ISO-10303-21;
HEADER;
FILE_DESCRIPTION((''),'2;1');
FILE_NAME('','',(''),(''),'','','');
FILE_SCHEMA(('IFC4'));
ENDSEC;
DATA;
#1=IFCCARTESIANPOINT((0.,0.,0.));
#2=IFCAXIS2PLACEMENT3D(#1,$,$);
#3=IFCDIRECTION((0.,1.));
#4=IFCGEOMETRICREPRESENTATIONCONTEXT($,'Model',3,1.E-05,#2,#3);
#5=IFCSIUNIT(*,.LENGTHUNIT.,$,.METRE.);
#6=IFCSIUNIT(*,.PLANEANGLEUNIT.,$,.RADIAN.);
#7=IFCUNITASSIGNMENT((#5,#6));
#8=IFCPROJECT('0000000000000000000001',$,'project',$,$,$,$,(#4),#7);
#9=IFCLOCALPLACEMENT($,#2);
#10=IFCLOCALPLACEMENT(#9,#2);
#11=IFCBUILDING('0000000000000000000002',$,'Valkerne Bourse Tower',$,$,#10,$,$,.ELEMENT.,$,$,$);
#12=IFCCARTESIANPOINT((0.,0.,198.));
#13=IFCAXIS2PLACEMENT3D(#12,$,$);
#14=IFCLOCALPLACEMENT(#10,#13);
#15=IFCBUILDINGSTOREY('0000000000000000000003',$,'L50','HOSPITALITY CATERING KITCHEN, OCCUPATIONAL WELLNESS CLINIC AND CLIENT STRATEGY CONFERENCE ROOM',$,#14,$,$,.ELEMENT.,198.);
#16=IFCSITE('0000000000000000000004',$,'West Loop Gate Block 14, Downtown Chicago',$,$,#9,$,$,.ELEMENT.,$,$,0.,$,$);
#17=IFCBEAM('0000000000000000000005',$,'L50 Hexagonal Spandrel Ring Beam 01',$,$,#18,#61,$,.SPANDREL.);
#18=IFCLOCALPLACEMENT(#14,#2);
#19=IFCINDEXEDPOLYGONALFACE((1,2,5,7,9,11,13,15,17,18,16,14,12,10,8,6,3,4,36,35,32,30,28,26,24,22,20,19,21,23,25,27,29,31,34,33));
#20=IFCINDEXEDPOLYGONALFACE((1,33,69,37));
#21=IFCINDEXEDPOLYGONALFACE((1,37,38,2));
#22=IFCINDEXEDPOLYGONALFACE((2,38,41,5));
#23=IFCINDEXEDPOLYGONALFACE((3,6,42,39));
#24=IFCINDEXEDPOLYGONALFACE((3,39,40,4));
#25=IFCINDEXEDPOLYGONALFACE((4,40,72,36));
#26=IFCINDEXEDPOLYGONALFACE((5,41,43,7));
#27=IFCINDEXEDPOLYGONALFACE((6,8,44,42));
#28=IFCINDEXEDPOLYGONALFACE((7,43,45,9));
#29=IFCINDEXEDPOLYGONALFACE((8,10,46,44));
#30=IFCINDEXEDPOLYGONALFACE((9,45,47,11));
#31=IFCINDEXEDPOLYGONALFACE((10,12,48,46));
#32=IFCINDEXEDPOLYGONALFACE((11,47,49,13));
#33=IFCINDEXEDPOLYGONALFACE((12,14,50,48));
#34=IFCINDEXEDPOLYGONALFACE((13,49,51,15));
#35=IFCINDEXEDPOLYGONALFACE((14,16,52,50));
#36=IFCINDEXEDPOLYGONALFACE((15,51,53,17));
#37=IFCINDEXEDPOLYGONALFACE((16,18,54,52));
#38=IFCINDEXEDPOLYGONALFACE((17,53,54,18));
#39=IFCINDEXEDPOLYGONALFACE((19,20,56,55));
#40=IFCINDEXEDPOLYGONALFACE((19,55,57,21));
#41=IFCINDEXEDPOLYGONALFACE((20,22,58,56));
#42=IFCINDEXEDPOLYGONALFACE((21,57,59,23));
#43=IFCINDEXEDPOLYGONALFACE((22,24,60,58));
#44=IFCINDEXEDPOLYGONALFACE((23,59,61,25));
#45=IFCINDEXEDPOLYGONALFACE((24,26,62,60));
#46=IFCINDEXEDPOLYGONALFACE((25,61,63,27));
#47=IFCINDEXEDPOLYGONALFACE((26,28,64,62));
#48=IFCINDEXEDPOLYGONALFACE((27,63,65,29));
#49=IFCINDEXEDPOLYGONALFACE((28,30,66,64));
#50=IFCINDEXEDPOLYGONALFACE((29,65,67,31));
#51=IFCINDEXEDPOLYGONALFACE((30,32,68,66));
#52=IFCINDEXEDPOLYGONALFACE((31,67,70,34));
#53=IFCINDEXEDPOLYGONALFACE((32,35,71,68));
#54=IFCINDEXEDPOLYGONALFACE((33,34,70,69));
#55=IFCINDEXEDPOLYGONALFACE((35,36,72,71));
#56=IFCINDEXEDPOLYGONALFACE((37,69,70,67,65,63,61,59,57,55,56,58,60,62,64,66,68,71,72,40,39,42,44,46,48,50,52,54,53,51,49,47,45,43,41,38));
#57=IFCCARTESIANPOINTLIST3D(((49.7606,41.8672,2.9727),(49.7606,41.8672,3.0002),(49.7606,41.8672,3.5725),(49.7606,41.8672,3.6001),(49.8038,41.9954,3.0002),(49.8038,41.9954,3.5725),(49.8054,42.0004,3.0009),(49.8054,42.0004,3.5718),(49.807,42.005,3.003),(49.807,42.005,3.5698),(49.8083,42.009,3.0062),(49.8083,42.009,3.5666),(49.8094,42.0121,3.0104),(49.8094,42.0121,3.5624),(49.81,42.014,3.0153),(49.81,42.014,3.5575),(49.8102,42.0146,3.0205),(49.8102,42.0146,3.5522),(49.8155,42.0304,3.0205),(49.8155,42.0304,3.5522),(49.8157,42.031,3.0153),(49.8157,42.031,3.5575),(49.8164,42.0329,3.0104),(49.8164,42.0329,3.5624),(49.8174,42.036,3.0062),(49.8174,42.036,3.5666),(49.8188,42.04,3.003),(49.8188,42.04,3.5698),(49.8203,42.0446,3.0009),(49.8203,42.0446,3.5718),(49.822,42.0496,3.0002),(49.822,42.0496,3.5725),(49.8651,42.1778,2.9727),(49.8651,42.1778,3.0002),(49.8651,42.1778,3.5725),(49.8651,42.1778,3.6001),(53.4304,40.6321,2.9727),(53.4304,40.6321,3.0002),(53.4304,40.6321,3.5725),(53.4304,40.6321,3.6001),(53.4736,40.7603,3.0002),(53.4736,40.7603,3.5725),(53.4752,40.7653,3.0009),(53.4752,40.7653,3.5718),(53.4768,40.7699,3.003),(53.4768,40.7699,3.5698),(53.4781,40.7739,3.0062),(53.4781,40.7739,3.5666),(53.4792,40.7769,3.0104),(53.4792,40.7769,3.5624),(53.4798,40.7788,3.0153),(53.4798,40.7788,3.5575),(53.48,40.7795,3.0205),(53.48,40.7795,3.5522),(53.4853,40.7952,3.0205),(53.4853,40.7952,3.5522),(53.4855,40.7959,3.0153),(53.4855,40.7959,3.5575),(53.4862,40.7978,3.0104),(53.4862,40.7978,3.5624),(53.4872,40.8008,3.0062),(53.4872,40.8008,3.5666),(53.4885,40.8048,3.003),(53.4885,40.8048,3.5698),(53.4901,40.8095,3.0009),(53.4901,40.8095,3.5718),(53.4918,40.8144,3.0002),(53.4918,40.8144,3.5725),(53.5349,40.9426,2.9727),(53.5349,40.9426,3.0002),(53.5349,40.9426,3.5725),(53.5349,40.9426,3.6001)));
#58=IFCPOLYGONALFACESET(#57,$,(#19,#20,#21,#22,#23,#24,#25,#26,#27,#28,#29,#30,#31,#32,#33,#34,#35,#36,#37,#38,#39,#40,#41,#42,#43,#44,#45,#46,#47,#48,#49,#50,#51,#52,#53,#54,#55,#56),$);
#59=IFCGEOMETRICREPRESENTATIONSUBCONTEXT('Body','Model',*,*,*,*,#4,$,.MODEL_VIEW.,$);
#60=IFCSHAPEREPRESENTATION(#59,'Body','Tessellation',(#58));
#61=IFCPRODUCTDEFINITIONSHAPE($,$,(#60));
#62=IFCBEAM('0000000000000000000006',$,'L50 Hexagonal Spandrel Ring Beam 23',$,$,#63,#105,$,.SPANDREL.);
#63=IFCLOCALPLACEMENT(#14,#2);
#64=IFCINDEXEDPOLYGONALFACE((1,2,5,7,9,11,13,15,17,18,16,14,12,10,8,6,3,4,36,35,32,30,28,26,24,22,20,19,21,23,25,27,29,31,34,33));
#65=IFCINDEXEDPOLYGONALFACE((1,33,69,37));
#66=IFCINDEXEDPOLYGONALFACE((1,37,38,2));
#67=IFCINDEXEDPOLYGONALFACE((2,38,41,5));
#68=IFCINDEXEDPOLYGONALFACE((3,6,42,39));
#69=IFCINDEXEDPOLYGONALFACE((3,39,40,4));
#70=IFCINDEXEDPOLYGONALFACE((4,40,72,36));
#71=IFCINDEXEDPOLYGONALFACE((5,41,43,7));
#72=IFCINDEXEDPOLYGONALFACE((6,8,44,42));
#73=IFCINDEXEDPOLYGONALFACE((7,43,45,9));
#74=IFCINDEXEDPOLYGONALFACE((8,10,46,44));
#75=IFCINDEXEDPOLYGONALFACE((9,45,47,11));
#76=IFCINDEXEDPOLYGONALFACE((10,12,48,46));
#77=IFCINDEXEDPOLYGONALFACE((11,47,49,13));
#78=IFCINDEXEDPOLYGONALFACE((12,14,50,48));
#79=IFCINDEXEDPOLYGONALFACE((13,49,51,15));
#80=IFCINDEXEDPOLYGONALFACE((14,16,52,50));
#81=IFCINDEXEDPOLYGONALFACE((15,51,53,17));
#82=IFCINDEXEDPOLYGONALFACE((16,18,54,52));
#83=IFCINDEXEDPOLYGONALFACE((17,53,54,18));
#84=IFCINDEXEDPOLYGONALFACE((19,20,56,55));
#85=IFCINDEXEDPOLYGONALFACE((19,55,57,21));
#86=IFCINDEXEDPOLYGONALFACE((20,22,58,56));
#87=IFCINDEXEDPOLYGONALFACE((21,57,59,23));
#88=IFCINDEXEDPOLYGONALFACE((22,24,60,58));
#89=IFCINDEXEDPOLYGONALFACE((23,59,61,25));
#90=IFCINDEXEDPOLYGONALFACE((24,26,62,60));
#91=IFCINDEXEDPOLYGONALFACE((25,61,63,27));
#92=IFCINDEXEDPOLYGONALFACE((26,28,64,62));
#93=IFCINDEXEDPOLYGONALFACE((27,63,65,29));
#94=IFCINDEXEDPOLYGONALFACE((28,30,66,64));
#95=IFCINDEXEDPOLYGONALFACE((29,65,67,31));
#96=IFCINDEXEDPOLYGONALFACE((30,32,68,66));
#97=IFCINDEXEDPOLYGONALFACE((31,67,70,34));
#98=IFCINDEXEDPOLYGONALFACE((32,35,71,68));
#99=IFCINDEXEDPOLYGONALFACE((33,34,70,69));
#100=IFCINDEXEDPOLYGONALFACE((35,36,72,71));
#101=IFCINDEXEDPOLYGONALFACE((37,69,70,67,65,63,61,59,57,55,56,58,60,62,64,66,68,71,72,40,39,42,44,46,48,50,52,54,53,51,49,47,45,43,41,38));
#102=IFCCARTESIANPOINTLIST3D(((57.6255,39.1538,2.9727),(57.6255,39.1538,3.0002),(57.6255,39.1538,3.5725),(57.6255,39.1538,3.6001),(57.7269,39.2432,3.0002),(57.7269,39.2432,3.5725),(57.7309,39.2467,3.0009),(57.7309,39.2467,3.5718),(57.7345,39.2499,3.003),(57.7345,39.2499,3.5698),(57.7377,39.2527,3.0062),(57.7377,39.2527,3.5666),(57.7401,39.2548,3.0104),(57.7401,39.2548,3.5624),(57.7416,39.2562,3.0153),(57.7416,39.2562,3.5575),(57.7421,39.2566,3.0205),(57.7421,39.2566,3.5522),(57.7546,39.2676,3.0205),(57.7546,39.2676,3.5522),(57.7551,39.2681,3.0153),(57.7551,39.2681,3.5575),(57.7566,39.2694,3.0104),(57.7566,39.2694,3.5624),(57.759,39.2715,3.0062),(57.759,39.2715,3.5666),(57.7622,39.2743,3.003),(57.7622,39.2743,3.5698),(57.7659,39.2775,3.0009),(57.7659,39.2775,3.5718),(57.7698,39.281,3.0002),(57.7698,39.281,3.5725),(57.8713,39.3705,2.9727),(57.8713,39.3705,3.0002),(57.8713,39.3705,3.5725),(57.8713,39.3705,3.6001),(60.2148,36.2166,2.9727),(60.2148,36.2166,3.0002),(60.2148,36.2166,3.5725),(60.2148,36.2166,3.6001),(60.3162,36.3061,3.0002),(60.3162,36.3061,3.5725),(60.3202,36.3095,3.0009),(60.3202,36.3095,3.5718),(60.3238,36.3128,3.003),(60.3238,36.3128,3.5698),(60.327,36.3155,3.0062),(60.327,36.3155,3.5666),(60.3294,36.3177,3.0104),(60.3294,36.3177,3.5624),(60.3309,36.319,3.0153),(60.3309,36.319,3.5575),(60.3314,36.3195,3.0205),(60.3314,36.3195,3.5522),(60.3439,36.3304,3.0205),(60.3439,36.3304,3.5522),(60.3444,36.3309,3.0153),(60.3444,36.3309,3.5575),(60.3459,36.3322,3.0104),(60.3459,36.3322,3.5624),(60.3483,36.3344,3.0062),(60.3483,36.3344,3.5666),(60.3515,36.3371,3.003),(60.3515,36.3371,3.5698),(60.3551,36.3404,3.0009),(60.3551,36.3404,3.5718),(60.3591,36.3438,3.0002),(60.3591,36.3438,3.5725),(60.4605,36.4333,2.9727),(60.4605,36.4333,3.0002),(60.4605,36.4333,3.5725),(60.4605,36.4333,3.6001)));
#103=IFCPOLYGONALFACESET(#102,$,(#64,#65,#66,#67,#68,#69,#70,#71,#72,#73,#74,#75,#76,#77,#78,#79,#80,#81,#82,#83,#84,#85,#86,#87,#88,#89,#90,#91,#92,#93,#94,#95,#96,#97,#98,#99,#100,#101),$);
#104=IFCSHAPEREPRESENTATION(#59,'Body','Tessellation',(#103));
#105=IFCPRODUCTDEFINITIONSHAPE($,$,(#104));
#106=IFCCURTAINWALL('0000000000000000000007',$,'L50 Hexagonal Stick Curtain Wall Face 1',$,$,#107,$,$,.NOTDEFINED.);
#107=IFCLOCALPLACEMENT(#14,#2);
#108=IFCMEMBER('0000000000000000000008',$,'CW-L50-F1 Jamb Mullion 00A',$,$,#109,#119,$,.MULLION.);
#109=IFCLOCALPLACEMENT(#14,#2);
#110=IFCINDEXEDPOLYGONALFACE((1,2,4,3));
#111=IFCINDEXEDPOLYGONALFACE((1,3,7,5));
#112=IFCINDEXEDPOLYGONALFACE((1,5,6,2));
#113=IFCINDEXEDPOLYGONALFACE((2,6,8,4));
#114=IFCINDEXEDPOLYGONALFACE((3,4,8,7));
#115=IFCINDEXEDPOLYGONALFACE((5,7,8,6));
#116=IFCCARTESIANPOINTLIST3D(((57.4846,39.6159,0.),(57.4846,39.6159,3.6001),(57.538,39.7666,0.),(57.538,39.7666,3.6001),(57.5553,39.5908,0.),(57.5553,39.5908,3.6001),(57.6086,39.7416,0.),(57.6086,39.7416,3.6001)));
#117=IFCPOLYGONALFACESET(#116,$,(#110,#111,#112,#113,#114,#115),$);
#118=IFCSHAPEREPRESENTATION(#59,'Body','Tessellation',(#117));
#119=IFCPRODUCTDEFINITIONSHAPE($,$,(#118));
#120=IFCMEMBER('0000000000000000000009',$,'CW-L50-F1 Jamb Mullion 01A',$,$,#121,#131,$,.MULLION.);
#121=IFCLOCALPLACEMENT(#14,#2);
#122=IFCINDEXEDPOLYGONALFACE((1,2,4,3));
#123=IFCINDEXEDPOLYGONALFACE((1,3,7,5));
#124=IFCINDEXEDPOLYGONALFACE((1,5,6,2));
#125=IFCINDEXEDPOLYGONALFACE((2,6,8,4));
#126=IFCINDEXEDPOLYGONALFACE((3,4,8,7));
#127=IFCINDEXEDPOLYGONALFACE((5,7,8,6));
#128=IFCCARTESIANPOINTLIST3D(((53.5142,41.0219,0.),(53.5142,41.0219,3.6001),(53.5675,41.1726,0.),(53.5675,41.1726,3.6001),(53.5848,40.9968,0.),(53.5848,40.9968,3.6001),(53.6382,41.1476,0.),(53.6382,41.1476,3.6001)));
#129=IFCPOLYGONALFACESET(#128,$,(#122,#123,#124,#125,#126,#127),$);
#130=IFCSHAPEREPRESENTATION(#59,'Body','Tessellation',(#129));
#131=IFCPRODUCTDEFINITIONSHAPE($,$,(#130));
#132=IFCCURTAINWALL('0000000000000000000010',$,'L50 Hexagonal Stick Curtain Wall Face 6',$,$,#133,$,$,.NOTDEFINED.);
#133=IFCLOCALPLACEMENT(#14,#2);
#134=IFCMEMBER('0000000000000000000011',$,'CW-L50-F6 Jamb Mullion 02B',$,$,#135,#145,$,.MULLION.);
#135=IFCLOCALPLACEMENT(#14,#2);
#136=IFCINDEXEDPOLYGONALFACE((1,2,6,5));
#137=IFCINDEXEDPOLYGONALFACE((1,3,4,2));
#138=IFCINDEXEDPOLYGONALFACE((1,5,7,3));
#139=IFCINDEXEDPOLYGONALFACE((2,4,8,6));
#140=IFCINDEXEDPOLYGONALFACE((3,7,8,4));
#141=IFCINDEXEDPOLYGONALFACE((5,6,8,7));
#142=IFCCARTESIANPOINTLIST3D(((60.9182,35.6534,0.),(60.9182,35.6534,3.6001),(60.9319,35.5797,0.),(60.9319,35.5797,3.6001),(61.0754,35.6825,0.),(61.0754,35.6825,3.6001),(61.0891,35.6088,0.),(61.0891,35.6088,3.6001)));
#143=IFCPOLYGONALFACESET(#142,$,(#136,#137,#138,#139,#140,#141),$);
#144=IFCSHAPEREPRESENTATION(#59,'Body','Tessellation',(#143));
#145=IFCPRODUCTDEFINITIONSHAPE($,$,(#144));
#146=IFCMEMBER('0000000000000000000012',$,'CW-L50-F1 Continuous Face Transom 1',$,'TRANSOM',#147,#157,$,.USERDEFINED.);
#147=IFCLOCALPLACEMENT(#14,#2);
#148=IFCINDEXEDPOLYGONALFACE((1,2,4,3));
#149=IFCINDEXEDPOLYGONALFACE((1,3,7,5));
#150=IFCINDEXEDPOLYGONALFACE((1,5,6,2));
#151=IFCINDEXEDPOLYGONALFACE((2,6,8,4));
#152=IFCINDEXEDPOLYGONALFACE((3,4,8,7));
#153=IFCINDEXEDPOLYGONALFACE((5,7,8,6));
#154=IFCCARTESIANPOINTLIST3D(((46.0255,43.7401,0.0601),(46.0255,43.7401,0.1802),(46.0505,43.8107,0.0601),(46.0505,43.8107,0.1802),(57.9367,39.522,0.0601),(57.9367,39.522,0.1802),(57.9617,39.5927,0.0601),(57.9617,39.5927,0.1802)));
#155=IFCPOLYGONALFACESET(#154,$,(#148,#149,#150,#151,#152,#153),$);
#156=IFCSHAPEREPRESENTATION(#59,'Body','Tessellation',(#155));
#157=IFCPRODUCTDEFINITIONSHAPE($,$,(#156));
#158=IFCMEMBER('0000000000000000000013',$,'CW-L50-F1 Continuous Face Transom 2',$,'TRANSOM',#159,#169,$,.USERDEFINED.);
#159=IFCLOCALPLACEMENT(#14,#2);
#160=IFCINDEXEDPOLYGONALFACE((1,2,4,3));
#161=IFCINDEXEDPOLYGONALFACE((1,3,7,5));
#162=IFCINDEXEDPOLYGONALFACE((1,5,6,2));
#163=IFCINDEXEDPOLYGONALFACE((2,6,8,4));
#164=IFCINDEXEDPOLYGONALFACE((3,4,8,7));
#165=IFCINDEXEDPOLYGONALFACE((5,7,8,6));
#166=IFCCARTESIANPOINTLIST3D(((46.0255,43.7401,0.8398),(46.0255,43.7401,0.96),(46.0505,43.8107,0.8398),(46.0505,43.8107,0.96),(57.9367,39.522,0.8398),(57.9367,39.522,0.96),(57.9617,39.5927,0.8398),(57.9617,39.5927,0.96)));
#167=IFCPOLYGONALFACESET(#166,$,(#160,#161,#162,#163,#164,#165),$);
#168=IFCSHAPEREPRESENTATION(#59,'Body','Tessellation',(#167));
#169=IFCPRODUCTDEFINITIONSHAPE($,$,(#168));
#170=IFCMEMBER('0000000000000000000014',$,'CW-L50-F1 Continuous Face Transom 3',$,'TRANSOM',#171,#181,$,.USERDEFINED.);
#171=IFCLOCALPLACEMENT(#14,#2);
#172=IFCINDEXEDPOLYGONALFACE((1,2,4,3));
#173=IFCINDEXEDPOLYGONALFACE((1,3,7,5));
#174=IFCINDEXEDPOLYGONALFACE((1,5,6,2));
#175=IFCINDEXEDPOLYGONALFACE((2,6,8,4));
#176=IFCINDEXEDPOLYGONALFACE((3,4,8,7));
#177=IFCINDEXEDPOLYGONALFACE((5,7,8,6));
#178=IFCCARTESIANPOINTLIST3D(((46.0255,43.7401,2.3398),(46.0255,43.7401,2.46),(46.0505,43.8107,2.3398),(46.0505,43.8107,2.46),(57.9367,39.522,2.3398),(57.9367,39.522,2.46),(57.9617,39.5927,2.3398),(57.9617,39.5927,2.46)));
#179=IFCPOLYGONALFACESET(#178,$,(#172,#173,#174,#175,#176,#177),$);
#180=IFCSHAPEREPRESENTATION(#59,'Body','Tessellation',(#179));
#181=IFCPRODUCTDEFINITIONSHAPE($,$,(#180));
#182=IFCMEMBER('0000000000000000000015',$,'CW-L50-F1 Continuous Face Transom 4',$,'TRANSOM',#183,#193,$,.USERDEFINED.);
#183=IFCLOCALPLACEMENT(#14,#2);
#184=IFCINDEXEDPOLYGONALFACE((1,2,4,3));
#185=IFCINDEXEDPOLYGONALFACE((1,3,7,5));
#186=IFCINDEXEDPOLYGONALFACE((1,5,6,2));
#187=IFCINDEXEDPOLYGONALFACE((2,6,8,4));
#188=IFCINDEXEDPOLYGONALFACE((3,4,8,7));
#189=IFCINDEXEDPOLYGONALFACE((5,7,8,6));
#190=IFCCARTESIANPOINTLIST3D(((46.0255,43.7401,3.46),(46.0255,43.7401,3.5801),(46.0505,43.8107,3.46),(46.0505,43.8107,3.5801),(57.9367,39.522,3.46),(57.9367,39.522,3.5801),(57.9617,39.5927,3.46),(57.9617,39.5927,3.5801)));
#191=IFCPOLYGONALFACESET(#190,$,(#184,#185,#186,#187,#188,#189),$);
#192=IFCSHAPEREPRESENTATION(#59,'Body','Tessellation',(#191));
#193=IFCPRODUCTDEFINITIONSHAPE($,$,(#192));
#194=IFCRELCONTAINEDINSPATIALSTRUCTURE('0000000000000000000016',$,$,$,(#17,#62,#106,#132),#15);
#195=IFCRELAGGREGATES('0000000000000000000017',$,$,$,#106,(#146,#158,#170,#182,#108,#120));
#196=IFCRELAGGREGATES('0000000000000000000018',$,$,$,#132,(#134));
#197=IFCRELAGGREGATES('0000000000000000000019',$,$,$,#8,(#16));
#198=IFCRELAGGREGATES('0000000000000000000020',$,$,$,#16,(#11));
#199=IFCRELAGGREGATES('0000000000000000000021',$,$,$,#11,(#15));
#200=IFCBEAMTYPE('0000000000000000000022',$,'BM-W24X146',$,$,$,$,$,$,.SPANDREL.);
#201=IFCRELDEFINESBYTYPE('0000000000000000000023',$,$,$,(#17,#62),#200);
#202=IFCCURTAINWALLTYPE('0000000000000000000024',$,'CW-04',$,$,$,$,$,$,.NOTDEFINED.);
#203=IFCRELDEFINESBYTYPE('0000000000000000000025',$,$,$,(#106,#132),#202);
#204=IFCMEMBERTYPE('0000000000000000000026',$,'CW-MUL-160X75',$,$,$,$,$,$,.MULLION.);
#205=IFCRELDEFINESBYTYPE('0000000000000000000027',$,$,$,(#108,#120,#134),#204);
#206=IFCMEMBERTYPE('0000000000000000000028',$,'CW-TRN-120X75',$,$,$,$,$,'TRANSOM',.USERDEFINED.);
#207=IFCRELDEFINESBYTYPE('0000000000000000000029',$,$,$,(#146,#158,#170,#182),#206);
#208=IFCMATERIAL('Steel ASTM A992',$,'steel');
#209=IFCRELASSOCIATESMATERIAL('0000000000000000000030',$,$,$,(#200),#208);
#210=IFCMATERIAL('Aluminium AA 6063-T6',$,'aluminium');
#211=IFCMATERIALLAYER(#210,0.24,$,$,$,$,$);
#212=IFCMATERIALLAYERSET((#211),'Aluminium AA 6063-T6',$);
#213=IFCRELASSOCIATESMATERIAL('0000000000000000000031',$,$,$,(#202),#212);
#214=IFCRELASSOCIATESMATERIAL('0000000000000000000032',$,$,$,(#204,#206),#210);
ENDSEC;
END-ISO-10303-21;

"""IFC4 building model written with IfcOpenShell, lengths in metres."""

from ifc_helpers import new_model, si_unit, direction, frame, origin, origin_2d, place, context, subcontext, project, spatial, rectangle, i_section, extrude, material, layer, layer_set, material_profile, profile_set, type_object, element, aggregate, save


model = new_model("IFC4")

# Units and contexts
model_context = context("Model", 3, precision=1e-05, world=origin(), true_north=direction((0.0, 1.0)))
body_context = subcontext(model_context, "Body", "Model", "MODEL_VIEW")
ifc_project = project(units=[si_unit("LENGTHUNIT", "METRE"), si_unit("PLANEANGLEUNIT", "RADIAN")], contexts=[model_context])

# Site, building, storey
site_placement = place(None, origin())
site = spatial("IfcSite", under=ifc_project, at=site_placement, Name="West Loop Gate Block 14, Downtown Chicago", CompositionType="ELEMENT", RefElevation=0.0)
building_placement = place(site_placement, origin())
building = spatial("IfcBuilding", under=site, at=building_placement, Name="Valkerne Bourse Tower", CompositionType="ELEMENT")
storey_placement = place(building_placement, frame((0.0, 0.0, 198.0)))
storey = spatial("IfcBuildingStorey", under=building, at=storey_placement, Name="L50", Description="HOSPITALITY CATERING KITCHEN, OCCUPATIONAL WELLNESS CLINIC AND CLIENT STRATEGY CONFERENCE ROOM", CompositionType="ELEMENT", Elevation=198.0)

# Beams
ifc_material_1 = material(Name="Steel ASTM A992", Category="steel")
ifc_material_profile_1 = material_profile(ifc_material_1, i_section(OverallWidth=0.3276, OverallDepth=0.6274, WebThickness=0.0166, FlangeThickness=0.0276, FilletRadius=0.0203, at=origin_2d()), Name="W24X146")
ifc_profile_set_1 = profile_set([ifc_material_profile_1], Name="Steel ASTM A992")
beam_type = type_object("IfcBeamType", Name="BM-W24X146", PredefinedType="SPANDREL", material=ifc_profile_set_1)
for number, where, z_axis, x_axis, name in (
    (1, (53.4827, 40.7874, 3.2864), (-0.947759, 0.318988, 0.0), (-0.318988, -0.947759, 0.0), "L50 Hexagonal Spandrel Ring Beam 01"),
):
    element("IfcBeam", number, at=place(storey_placement, frame(where, z_axis=z_axis, x_axis=x_axis)), inside=storey, type_object=beam_type, Name=name, PredefinedType="SPANDREL", context=body_context, shape_type="SweptSolid", body=[
        extrude(i_section(OverallWidth=0.3276, OverallDepth=0.6274, WebThickness=0.0166, FlangeThickness=0.0276, FilletRadius=0.0203, at=origin_2d()), origin(), (0.0, 0.0, 1.0), 3.8721),
    ])
beam_placement = place(storey_placement, frame((60.3376, 36.325, 3.2864), z_axis=(-0.661285, 0.750134, 0.0), x_axis=(-0.750134, -0.661285, 0.0)))
element("IfcBeam", 2, at=beam_placement, inside=storey, type_object=beam_type, Name="L50 Hexagonal Spandrel Ring Beam 23", PredefinedType="SPANDREL", context=body_context, shape_type="SweptSolid", body=[
    extrude(i_section(OverallWidth=0.3276, OverallDepth=0.6274, WebThickness=0.0166, FlangeThickness=0.0276, FilletRadius=0.0203, at=origin_2d()), origin(), (0.0, 0.0, 1.0), 3.9155),
])

# Curtain wall, members
ifc_material_2 = material(Name="Aluminium AA 6063-T6", Category="aluminium")
ifc_layer_1 = layer(ifc_material_2, 0.24)
ifc_layer_set_1 = layer_set([ifc_layer_1], Name="Aluminium AA 6063-T6")
curtain_wall_type = type_object("IfcCurtainWallType", Name="CW-04", PredefinedType="NOTDEFINED", material=ifc_layer_set_1)
curtain_wall_1_placement = place(storey_placement, origin())
curtain_wall_1 = element("IfcCurtainWall", 3, at=curtain_wall_1_placement, inside=storey, type_object=curtain_wall_type, Name="L50 Hexagonal Stick Curtain Wall Face 1", PredefinedType="NOTDEFINED")
ifc_material_profile_2 = material_profile(ifc_material_2, rectangle(XDim=0.075, YDim=0.1599, at=origin_2d()), Name="CWM-75X160")
ifc_profile_set_2 = profile_set([ifc_material_profile_2], Name="Aluminium AA 6063-T6")
member_type_1 = type_object("IfcMemberType", Name="CW-MUL-160X75", PredefinedType="MULLION", material=ifc_profile_set_2)
member_1_placement = place(storey_placement, frame((57.5466, 39.6787, 0.0), z_axis=(0.0, 0.0, 1.0), x_axis=(-0.942644, 0.333801, 0.0)))
member_1 = element("IfcMember", 4, at=member_1_placement, type_object=member_type_1, Name="CW-L50-F1 Jamb Mullion 00A", PredefinedType="MULLION", context=body_context, shape_type="SweptSolid", body=[
    extrude(rectangle(XDim=0.075, YDim=0.1599, at=origin_2d()), origin(), (0.0, 0.0, 1.0), 3.6001),
])
member_2_placement = place(storey_placement, frame((53.5762, 41.0847, 0.0), z_axis=(0.0, 0.0, 1.0), x_axis=(-0.942641, 0.333808, 0.0)))
member_2 = element("IfcMember", 5, at=member_2_placement, type_object=member_type_1, Name="CW-L50-F1 Jamb Mullion 01A", PredefinedType="MULLION", context=body_context, shape_type="SweptSolid", body=[
    extrude(rectangle(XDim=0.075, YDim=0.1599, at=origin_2d()), origin(), (0.0, 0.0, 1.0), 3.6001),
])

# Curtain wall, member
curtain_wall_2_placement = place(storey_placement, origin())
curtain_wall_2 = element("IfcCurtainWall", 6, at=curtain_wall_2_placement, inside=storey, type_object=curtain_wall_type, Name="L50 Hexagonal Stick Curtain Wall Face 6", PredefinedType="NOTDEFINED")
member_3_placement = place(storey_placement, frame((61.0037, 35.6311, 0.0), z_axis=(0.0, 0.0, 1.0), x_axis=(-0.18224, 0.983254, 0.0)))
member_3 = element("IfcMember", 7, at=member_3_placement, type_object=member_type_1, Name="CW-L50-F6 Jamb Mullion 02B", PredefinedType="MULLION", context=body_context, shape_type="SweptSolid", body=[
    extrude(rectangle(XDim=0.075, YDim=0.1599, at=origin_2d()), origin(), (0.0, 0.0, 1.0), 3.6001),
])

# Members
ifc_material_profile_3 = material_profile(ifc_material_2, rectangle(XDim=0.075, YDim=0.1201, at=origin_2d()), Name="CWT-75X120")
ifc_profile_set_3 = profile_set([ifc_material_profile_3], Name="Aluminium AA 6063-T6")
member_type_2 = type_object("IfcMemberType", Name="CW-TRN-120X75", ElementType="TRANSOM", PredefinedType="USERDEFINED", material=ifc_profile_set_3)
member_4_placement = place(storey_placement, frame((57.9492, 39.5574, 0.1201), z_axis=(-0.94264, 0.333811, 0.0), x_axis=(-0.333811, -0.94264, 0.0)))
member_4 = element("IfcMember", 8, at=member_4_placement, type_object=member_type_2, Name="CW-L50-F1 Continuous Face Transom 1", ObjectType="TRANSOM", PredefinedType="USERDEFINED", context=body_context, shape_type="SweptSolid", body=[
    extrude(rectangle(XDim=0.075, YDim=0.1201, at=origin_2d()), origin(), (0.0, 0.0, 1.0), 12.636),
])
member_5_placement = place(storey_placement, frame((57.9492, 39.5574, 0.8999), z_axis=(-0.94264, 0.333811, 0.0), x_axis=(-0.333811, -0.94264, 0.0)))
member_5 = element("IfcMember", 9, at=member_5_placement, type_object=member_type_2, Name="CW-L50-F1 Continuous Face Transom 2", ObjectType="TRANSOM", PredefinedType="USERDEFINED", context=body_context, shape_type="SweptSolid", body=[
    extrude(rectangle(XDim=0.075, YDim=0.1201, at=origin_2d()), origin(), (0.0, 0.0, 1.0), 12.636),
])
member_6_placement = place(storey_placement, frame((57.9492, 39.5574, 2.3999), z_axis=(-0.94264, 0.333811, 0.0), x_axis=(-0.333811, -0.94264, 0.0)))
member_6 = element("IfcMember", 10, at=member_6_placement, type_object=member_type_2, Name="CW-L50-F1 Continuous Face Transom 3", ObjectType="TRANSOM", PredefinedType="USERDEFINED", context=body_context, shape_type="SweptSolid", body=[
    extrude(rectangle(XDim=0.075, YDim=0.1201, at=origin_2d()), origin(), (0.0, 0.0, 1.0), 12.636),
])
member_7_placement = place(storey_placement, frame((57.9492, 39.5574, 3.52), z_axis=(-0.94264, 0.333811, 0.0), x_axis=(-0.333811, -0.94264, 0.0)))
member_7 = element("IfcMember", 11, at=member_7_placement, type_object=member_type_2, Name="CW-L50-F1 Continuous Face Transom 4", ObjectType="TRANSOM", PredefinedType="USERDEFINED", context=body_context, shape_type="SweptSolid", body=[
    extrude(rectangle(XDim=0.075, YDim=0.1201, at=origin_2d()), origin(), (0.0, 0.0, 1.0), 12.636),
])

aggregate(curtain_wall_1, [member_4, member_5, member_6, member_7, member_1, member_2])
aggregate(curtain_wall_2, [member_3])

save(model, "model.ifc")
